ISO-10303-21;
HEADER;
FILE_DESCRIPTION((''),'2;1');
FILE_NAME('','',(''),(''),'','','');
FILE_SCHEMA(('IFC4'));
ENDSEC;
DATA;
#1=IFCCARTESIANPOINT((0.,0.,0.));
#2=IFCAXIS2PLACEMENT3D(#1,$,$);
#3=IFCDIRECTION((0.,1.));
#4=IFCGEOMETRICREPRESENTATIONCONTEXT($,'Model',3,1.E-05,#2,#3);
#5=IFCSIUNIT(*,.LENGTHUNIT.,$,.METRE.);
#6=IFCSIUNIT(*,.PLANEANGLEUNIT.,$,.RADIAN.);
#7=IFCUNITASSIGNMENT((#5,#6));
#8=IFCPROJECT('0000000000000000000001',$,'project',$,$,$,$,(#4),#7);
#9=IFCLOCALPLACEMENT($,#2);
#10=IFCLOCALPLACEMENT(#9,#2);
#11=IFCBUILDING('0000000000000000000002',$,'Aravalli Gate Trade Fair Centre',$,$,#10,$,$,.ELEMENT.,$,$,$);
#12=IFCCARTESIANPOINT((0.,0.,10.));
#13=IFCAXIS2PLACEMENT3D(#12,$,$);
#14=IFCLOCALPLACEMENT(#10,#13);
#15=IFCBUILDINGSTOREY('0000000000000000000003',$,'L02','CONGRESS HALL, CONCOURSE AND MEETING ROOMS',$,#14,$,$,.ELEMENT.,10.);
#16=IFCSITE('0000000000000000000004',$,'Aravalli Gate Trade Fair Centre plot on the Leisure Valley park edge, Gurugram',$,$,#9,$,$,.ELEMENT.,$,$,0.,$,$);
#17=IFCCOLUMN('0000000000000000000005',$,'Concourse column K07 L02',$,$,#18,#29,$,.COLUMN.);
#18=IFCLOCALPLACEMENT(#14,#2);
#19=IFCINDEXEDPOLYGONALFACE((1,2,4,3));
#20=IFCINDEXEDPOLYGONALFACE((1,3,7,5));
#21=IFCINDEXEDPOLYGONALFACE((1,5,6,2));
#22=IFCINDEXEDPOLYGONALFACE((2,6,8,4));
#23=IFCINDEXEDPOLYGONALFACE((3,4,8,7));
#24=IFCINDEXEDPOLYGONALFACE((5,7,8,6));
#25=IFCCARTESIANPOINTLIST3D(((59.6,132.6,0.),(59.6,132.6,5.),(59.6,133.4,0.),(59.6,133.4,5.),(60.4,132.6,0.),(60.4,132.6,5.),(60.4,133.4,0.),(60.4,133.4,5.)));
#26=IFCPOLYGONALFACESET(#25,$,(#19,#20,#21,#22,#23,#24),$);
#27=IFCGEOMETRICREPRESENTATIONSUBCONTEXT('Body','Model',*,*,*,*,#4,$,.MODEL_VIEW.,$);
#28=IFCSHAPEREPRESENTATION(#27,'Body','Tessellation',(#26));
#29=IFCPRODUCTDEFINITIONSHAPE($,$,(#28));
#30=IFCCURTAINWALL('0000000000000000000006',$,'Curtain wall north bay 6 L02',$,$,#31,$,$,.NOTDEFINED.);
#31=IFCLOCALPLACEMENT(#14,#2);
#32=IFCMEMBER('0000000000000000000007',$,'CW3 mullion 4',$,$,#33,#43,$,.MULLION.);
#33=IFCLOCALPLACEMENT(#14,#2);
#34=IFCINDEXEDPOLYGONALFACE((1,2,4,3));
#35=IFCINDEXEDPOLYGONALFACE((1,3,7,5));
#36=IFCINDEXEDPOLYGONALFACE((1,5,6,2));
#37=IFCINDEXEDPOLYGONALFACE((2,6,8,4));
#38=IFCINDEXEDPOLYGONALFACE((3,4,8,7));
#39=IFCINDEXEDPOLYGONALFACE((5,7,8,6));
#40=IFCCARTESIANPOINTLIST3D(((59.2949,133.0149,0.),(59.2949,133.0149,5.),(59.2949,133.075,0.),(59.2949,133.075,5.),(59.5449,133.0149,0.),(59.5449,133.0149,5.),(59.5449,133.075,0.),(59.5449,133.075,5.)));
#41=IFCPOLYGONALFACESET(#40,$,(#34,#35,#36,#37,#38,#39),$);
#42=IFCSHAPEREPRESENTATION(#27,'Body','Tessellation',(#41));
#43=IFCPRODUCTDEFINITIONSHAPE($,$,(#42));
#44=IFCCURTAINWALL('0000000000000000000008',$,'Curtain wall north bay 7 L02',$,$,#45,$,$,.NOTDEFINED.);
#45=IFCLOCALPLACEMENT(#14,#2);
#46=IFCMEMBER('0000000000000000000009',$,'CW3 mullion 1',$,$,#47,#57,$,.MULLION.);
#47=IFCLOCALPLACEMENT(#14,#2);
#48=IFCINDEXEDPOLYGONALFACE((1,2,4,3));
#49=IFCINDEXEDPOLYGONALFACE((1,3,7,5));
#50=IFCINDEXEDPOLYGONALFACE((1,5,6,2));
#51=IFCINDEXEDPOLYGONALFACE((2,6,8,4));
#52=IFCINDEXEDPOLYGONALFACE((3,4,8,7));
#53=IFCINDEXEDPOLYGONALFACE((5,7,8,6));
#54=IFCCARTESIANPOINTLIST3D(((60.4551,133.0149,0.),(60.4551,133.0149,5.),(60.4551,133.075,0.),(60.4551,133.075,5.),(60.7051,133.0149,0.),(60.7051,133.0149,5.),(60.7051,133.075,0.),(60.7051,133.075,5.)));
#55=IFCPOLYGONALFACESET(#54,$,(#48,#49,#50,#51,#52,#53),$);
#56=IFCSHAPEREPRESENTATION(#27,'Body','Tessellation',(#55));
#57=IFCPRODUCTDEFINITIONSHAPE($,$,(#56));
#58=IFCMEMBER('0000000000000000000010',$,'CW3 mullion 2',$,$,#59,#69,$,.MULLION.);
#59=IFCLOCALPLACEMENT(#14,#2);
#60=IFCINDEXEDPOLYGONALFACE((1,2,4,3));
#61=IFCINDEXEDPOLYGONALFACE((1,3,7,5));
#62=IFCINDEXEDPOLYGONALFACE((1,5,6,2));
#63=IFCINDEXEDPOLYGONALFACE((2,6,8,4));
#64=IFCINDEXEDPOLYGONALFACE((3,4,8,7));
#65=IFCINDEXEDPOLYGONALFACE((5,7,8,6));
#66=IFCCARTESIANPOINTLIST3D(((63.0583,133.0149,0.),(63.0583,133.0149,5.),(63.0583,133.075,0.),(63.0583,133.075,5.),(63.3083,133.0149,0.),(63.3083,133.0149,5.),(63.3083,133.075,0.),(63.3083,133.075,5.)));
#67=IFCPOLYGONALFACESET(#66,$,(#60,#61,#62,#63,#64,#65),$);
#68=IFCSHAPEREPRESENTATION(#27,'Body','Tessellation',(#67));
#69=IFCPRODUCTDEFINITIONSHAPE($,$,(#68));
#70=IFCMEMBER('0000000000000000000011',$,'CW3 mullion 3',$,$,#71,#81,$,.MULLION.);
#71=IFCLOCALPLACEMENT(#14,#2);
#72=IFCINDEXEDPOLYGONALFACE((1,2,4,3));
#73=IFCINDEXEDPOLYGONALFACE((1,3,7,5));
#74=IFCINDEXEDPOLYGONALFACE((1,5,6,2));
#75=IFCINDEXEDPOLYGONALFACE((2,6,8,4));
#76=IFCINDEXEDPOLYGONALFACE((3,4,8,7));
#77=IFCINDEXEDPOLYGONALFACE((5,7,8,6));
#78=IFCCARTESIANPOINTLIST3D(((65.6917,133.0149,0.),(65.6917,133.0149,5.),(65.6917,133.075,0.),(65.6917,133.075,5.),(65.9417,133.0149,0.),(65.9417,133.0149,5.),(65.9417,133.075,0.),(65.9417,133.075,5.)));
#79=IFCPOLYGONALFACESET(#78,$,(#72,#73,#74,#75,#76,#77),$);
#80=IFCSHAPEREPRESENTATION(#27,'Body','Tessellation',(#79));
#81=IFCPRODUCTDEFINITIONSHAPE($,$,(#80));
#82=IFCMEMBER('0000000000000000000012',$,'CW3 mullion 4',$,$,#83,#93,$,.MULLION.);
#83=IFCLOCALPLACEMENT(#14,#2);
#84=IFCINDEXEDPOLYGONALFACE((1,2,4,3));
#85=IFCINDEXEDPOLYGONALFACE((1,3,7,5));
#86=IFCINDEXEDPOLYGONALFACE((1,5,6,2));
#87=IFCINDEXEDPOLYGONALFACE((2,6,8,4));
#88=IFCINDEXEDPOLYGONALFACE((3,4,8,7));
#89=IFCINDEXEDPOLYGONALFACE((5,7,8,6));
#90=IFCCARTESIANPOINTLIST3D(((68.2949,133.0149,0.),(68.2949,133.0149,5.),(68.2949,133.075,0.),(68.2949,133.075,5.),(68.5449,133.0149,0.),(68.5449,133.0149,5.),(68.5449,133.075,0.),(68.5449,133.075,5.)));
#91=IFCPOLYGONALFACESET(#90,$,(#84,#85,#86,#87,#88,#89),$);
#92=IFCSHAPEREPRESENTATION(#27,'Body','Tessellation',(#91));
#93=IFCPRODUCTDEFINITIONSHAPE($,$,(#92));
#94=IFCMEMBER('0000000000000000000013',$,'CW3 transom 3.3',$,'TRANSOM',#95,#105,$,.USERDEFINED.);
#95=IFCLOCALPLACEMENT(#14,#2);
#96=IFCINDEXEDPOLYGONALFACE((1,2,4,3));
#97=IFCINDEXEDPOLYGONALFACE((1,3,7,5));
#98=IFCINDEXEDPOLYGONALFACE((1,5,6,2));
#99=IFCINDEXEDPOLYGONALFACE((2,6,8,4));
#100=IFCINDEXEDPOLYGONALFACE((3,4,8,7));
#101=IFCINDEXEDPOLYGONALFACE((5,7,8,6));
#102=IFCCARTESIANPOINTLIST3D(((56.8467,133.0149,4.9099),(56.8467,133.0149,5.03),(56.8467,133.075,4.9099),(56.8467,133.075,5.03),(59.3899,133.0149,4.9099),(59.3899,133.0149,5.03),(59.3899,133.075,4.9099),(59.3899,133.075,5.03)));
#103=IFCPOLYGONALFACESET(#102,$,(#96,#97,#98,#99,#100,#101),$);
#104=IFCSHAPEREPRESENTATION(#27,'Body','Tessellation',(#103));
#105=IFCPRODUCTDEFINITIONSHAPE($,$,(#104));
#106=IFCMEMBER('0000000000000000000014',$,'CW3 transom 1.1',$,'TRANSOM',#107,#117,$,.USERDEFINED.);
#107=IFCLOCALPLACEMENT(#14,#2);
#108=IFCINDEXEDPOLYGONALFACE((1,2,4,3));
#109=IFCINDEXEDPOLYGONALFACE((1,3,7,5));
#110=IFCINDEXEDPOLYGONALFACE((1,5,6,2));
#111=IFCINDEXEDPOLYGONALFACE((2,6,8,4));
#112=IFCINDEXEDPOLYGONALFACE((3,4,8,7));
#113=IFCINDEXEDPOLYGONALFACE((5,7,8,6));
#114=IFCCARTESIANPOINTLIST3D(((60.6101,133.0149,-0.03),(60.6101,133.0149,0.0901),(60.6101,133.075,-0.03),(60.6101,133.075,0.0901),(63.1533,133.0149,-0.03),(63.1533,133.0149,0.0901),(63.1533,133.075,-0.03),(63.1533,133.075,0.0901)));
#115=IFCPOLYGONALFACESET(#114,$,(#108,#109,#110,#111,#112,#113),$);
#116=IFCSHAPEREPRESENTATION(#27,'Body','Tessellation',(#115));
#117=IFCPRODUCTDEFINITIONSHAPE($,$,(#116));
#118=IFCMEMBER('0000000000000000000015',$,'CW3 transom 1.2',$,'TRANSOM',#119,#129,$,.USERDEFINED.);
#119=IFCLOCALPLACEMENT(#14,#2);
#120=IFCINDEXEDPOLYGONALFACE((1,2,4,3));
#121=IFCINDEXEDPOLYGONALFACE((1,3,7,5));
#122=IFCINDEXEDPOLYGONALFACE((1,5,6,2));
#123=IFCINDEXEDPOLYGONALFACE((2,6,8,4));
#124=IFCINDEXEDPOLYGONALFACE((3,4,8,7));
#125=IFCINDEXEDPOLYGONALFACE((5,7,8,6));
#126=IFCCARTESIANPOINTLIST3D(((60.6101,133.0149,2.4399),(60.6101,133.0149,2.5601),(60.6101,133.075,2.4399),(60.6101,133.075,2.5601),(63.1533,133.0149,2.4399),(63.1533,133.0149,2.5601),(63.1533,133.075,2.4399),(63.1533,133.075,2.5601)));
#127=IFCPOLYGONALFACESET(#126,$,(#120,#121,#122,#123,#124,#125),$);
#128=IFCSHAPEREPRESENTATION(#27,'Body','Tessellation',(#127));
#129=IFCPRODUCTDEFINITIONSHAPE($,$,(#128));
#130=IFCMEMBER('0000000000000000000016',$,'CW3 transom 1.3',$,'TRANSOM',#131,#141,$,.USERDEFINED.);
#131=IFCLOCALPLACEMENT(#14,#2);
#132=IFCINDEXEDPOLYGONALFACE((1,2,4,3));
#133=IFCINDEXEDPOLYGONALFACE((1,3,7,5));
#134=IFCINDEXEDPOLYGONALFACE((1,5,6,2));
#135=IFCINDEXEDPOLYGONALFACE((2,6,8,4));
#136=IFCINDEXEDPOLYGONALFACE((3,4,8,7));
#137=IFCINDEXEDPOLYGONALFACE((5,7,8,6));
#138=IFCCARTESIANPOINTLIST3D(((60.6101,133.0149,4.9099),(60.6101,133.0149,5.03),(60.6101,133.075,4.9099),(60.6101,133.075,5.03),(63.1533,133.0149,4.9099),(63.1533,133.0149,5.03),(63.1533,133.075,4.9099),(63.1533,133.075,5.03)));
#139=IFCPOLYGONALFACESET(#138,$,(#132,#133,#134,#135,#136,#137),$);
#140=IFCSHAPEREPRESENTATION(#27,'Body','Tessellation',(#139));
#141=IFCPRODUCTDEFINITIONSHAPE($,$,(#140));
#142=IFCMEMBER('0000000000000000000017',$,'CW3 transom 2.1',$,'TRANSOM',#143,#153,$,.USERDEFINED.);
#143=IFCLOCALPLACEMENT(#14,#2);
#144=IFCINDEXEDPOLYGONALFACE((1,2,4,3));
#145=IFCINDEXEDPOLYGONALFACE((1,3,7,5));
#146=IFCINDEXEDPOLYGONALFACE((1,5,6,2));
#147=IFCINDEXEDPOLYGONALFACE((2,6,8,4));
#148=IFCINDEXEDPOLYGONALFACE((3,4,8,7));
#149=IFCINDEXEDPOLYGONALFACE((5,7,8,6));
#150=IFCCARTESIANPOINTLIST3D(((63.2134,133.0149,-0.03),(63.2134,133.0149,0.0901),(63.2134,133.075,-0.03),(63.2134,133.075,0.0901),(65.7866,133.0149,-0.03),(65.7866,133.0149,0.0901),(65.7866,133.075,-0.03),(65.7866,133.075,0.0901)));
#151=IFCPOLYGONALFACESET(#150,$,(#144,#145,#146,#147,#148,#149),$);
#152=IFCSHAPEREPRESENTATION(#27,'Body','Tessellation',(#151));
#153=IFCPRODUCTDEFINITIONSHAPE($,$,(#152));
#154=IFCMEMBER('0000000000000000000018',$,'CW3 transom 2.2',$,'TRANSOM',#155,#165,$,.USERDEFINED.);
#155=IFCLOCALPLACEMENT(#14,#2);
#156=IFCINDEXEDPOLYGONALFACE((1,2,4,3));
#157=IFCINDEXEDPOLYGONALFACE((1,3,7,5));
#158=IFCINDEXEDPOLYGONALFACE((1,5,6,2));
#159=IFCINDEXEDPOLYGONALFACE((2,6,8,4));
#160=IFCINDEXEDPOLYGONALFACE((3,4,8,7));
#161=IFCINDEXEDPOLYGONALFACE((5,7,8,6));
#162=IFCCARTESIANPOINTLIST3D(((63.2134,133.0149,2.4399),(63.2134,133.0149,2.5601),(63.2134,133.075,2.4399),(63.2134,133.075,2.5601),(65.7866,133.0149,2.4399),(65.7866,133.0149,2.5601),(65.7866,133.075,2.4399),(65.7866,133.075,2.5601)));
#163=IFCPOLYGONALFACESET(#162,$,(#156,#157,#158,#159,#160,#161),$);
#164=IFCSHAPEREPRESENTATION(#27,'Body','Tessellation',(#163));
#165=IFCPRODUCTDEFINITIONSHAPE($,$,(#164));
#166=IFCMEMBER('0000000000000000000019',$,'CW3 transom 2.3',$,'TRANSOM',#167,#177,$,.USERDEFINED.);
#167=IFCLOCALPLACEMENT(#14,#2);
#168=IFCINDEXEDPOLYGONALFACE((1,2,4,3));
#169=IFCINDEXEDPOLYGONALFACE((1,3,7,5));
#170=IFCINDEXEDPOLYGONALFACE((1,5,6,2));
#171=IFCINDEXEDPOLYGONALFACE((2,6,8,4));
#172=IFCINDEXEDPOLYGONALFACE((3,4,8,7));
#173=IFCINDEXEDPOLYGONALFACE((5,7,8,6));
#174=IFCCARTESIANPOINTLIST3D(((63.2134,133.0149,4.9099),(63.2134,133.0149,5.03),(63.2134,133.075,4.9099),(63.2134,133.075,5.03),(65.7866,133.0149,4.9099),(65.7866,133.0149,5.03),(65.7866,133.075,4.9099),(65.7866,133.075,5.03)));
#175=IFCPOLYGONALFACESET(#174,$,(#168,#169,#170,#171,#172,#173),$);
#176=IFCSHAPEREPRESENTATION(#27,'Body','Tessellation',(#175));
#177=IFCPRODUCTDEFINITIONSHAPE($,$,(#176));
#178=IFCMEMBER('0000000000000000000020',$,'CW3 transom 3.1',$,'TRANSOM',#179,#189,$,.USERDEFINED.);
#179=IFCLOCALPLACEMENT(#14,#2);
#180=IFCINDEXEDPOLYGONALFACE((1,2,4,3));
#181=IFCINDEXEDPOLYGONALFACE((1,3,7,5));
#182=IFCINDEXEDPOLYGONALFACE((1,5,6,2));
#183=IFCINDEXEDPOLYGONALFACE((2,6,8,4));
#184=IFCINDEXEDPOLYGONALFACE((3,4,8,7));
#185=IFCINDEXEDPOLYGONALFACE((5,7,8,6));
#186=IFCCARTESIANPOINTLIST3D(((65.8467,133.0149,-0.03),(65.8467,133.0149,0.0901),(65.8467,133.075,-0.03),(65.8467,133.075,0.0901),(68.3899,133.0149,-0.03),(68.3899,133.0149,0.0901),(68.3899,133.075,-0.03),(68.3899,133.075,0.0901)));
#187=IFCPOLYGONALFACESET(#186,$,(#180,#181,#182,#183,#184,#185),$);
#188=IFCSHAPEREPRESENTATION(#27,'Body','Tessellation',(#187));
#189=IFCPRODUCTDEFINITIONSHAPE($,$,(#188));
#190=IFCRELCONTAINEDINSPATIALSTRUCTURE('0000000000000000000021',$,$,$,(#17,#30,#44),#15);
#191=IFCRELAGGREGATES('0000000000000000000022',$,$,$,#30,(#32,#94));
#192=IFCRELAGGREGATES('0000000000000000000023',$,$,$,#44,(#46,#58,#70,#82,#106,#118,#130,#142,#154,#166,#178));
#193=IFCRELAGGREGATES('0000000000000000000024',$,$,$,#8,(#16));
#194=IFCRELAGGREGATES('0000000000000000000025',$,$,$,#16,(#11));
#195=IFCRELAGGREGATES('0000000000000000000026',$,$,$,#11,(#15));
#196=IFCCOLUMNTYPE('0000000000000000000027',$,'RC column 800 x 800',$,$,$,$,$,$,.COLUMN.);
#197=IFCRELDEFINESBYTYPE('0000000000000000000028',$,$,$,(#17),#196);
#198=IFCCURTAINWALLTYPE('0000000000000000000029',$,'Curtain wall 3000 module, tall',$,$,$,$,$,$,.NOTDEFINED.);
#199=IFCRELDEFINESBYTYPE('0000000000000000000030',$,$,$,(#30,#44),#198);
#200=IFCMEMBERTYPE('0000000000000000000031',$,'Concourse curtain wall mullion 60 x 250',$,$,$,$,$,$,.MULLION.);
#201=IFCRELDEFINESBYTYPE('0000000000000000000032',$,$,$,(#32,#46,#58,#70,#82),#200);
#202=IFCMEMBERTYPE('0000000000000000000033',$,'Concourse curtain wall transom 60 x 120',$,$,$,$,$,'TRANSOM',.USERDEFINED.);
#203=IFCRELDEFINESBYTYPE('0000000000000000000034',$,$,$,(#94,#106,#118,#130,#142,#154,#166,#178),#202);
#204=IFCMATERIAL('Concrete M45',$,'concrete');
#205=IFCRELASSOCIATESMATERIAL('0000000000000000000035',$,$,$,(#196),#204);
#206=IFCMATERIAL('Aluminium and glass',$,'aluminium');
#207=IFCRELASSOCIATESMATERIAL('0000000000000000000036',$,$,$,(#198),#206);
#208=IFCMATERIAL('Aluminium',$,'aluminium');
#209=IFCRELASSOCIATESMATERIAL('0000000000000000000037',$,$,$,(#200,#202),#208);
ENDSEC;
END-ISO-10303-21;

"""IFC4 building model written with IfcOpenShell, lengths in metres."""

from ifc_helpers import new_model, si_unit, direction, frame, origin, origin_2d, place, context, subcontext, project, spatial, rectangle, extrude, material, material_profile, profile_set, type_object, element, aggregate, save


model = new_model("IFC4")

# Units and contexts
model_context = context("Model", 3, precision=1e-05, world=origin(), true_north=direction((0.0, 1.0)))
body_context = subcontext(model_context, "Body", "Model", "MODEL_VIEW")
ifc_project = project(units=[si_unit("LENGTHUNIT", "METRE"), si_unit("PLANEANGLEUNIT", "RADIAN")], contexts=[model_context])

# Site, building, storey
site_placement = place(None, origin())
site = spatial("IfcSite", under=ifc_project, at=site_placement, Name="Aravalli Gate Trade Fair Centre plot on the Leisure Valley park edge, Gurugram", CompositionType="ELEMENT", RefElevation=0.0)
building_placement = place(site_placement, origin())
building = spatial("IfcBuilding", under=site, at=building_placement, Name="Aravalli Gate Trade Fair Centre", CompositionType="ELEMENT")
storey_placement = place(building_placement, frame((0.0, 0.0, 10.0)))
storey = spatial("IfcBuildingStorey", under=building, at=storey_placement, Name="L02", Description="CONGRESS HALL, CONCOURSE AND MEETING ROOMS", CompositionType="ELEMENT", Elevation=10.0)

# Column
ifc_material_1 = material(Name="Concrete M45", Category="concrete")
ifc_material_profile_1 = material_profile(ifc_material_1, rectangle(XDim=0.8, YDim=0.8, at=origin_2d()), Name="RC column 800 x 800")
ifc_profile_set_1 = profile_set([ifc_material_profile_1], Name="Concrete M45")
column_type = type_object("IfcColumnType", Name="RC column 800 x 800", PredefinedType="COLUMN", material=ifc_profile_set_1)
column_placement = place(storey_placement, frame((60.0, 133.0, 0.0), z_axis=(0.0, 0.0, 1.0), x_axis=(1.0, 0.0, 0.0)))
element("IfcColumn", 1, at=column_placement, inside=storey, type_object=column_type, Name="Concourse column K07 L02", PredefinedType="COLUMN", context=body_context, shape_type="SweptSolid", body=[
    extrude(rectangle(XDim=0.8, YDim=0.8, at=origin_2d()), origin(), (0.0, 0.0, 1.0), 5.0),
])

# Curtain wall, member
ifc_material_2 = material(Name="Aluminium and glass", Category="aluminium")
curtain_wall_type = type_object("IfcCurtainWallType", Name="Curtain wall 3000 module, tall", PredefinedType="NOTDEFINED", material=ifc_material_2)
curtain_wall_1_placement = place(storey_placement, origin())
curtain_wall_1 = element("IfcCurtainWall", 2, at=curtain_wall_1_placement, inside=storey, type_object=curtain_wall_type, Name="Curtain wall north bay 6 L02", PredefinedType="NOTDEFINED")
ifc_material_3 = material(Name="Aluminium", Category="aluminium")
ifc_material_profile_2 = material_profile(ifc_material_3, rectangle(XDim=0.0601, YDim=0.25, at=origin_2d()), Name="Concourse curtain wall mullion 60 x 250")
ifc_profile_set_2 = profile_set([ifc_material_profile_2], Name="Aluminium")
member_type_1 = type_object("IfcMemberType", Name="Concourse curtain wall mullion 60 x 250", PredefinedType="MULLION", material=ifc_profile_set_2)
member_1_placement = place(storey_placement, frame((59.4199, 133.0449, 0.0), z_axis=(0.0, 0.0, 1.0), x_axis=(0.0, 1.0, 0.0)))
member_1 = element("IfcMember", 3, at=member_1_placement, type_object=member_type_1, Name="CW3 mullion 4", PredefinedType="MULLION", context=body_context, shape_type="SweptSolid", body=[
    extrude(rectangle(XDim=0.0601, YDim=0.25, at=origin_2d()), origin(), (0.0, 0.0, 1.0), 5.0),
])

# Curtain wall, members
curtain_wall_2_placement = place(storey_placement, origin())
curtain_wall_2 = element("IfcCurtainWall", 4, at=curtain_wall_2_placement, inside=storey, type_object=curtain_wall_type, Name="Curtain wall north bay 7 L02", PredefinedType="NOTDEFINED")
member_2_placement = place(storey_placement, frame((60.5801, 133.0449, 0.0), z_axis=(0.0, 0.0, 1.0), x_axis=(0.0, 1.0, 0.0)))
member_2 = element("IfcMember", 5, at=member_2_placement, type_object=member_type_1, Name="CW3 mullion 1", PredefinedType="MULLION", context=body_context, shape_type="SweptSolid", body=[
    extrude(rectangle(XDim=0.0601, YDim=0.25, at=origin_2d()), origin(), (0.0, 0.0, 1.0), 5.0),
])
member_3_placement = place(storey_placement, frame((63.1833, 133.0449, 0.0), z_axis=(0.0, 0.0, 1.0), x_axis=(0.0, 1.0, 0.0)))
member_3 = element("IfcMember", 6, at=member_3_placement, type_object=member_type_1, Name="CW3 mullion 2", PredefinedType="MULLION", context=body_context, shape_type="SweptSolid", body=[
    extrude(rectangle(XDim=0.0601, YDim=0.25, at=origin_2d()), origin(), (0.0, 0.0, 1.0), 5.0),
])
member_4_placement = place(storey_placement, frame((65.8167, 133.0449, 0.0), z_axis=(0.0, 0.0, 1.0), x_axis=(0.0, 1.0, 0.0)))
member_4 = element("IfcMember", 7, at=member_4_placement, type_object=member_type_1, Name="CW3 mullion 3", PredefinedType="MULLION", context=body_context, shape_type="SweptSolid", body=[
    extrude(rectangle(XDim=0.0601, YDim=0.25, at=origin_2d()), origin(), (0.0, 0.0, 1.0), 5.0),
])
member_5_placement = place(storey_placement, frame((68.4199, 133.0449, 0.0), z_axis=(0.0, 0.0, 1.0), x_axis=(0.0, 1.0, 0.0)))
member_5 = element("IfcMember", 8, at=member_5_placement, type_object=member_type_1, Name="CW3 mullion 4", PredefinedType="MULLION", context=body_context, shape_type="SweptSolid", body=[
    extrude(rectangle(XDim=0.0601, YDim=0.25, at=origin_2d()), origin(), (0.0, 0.0, 1.0), 5.0),
])

# Members
ifc_material_profile_3 = material_profile(ifc_material_3, rectangle(XDim=0.0601, YDim=0.1201, at=origin_2d()), Name="Concourse curtain wall transom 60 x 120")
ifc_profile_set_3 = profile_set([ifc_material_profile_3], Name="Aluminium")
member_type_2 = type_object("IfcMemberType", Name="Concourse curtain wall transom 60 x 120", ElementType="TRANSOM", PredefinedType="USERDEFINED", material=ifc_profile_set_3)
member_6_placement = place(storey_placement, frame((56.8467, 133.0449, 4.97), z_axis=(1.0, 0.0, 0.0), x_axis=(0.0, 1.0, 0.0)))
member_6 = element("IfcMember", 9, at=member_6_placement, type_object=member_type_2, Name="CW3 transom 3.3", ObjectType="TRANSOM", PredefinedType="USERDEFINED", context=body_context, shape_type="SweptSolid", body=[
    extrude(rectangle(XDim=0.0601, YDim=0.1201, at=origin_2d()), origin(), (0.0, 0.0, 1.0), 2.5432),
])
member_7_placement = place(storey_placement, frame((60.6101, 133.0449, 0.03), z_axis=(1.0, 0.0, 0.0), x_axis=(0.0, 1.0, 0.0)))
member_7 = element("IfcMember", 10, at=member_7_placement, type_object=member_type_2, Name="CW3 transom 1.1", ObjectType="TRANSOM", PredefinedType="USERDEFINED", context=body_context, shape_type="SweptSolid", body=[
    extrude(rectangle(XDim=0.0601, YDim=0.1201, at=origin_2d()), origin(), (0.0, 0.0, 1.0), 2.5432),
])
member_8_placement = place(storey_placement, frame((60.6101, 133.0449, 2.5), z_axis=(1.0, 0.0, 0.0), x_axis=(0.0, 1.0, 0.0)))
member_8 = element("IfcMember", 11, at=member_8_placement, type_object=member_type_2, Name="CW3 transom 1.2", ObjectType="TRANSOM", PredefinedType="USERDEFINED", context=body_context, shape_type="SweptSolid", body=[
    extrude(rectangle(XDim=0.0601, YDim=0.1201, at=origin_2d()), origin(), (0.0, 0.0, 1.0), 2.5432),
])
member_9_placement = place(storey_placement, frame((60.6101, 133.0449, 4.97), z_axis=(1.0, 0.0, 0.0), x_axis=(0.0, 1.0, 0.0)))
member_9 = element("IfcMember", 12, at=member_9_placement, type_object=member_type_2, Name="CW3 transom 1.3", ObjectType="TRANSOM", PredefinedType="USERDEFINED", context=body_context, shape_type="SweptSolid", body=[
    extrude(rectangle(XDim=0.0601, YDim=0.1201, at=origin_2d()), origin(), (0.0, 0.0, 1.0), 2.5432),
])
member_10_placement = place(storey_placement, frame((63.2134, 133.0449, 0.03), z_axis=(1.0, 0.0, 0.0), x_axis=(0.0, 1.0, 0.0)))
member_10 = element("IfcMember", 13, at=member_10_placement, type_object=member_type_2, Name="CW3 transom 2.1", ObjectType="TRANSOM", PredefinedType="USERDEFINED", context=body_context, shape_type="SweptSolid", body=[
    extrude(rectangle(XDim=0.0601, YDim=0.1201, at=origin_2d()), origin(), (0.0, 0.0, 1.0), 2.5732),
])
member_11_placement = place(storey_placement, frame((63.2134, 133.0449, 2.5), z_axis=(1.0, 0.0, 0.0), x_axis=(0.0, 1.0, 0.0)))
member_11 = element("IfcMember", 14, at=member_11_placement, type_object=member_type_2, Name="CW3 transom 2.2", ObjectType="TRANSOM", PredefinedType="USERDEFINED", context=body_context, shape_type="SweptSolid", body=[
    extrude(rectangle(XDim=0.0601, YDim=0.1201, at=origin_2d()), origin(), (0.0, 0.0, 1.0), 2.5732),
])
member_12_placement = place(storey_placement, frame((63.2134, 133.0449, 4.97), z_axis=(1.0, 0.0, 0.0), x_axis=(0.0, 1.0, 0.0)))
member_12 = element("IfcMember", 15, at=member_12_placement, type_object=member_type_2, Name="CW3 transom 2.3", ObjectType="TRANSOM", PredefinedType="USERDEFINED", context=body_context, shape_type="SweptSolid", body=[
    extrude(rectangle(XDim=0.0601, YDim=0.1201, at=origin_2d()), origin(), (0.0, 0.0, 1.0), 2.5732),
])
member_13_placement = place(storey_placement, frame((65.8467, 133.0449, 0.03), z_axis=(1.0, 0.0, 0.0), x_axis=(0.0, 1.0, 0.0)))
member_13 = element("IfcMember", 16, at=member_13_placement, type_object=member_type_2, Name="CW3 transom 3.1", ObjectType="TRANSOM", PredefinedType="USERDEFINED", context=body_context, shape_type="SweptSolid", body=[
    extrude(rectangle(XDim=0.0601, YDim=0.1201, at=origin_2d()), origin(), (0.0, 0.0, 1.0), 2.5432),
])

aggregate(curtain_wall_1, [member_1, member_6])
aggregate(curtain_wall_2, [member_2, member_3, member_4, member_5, member_7, member_8, member_9, member_10, member_11, member_12, member_13])

save(model, "model.ifc")
